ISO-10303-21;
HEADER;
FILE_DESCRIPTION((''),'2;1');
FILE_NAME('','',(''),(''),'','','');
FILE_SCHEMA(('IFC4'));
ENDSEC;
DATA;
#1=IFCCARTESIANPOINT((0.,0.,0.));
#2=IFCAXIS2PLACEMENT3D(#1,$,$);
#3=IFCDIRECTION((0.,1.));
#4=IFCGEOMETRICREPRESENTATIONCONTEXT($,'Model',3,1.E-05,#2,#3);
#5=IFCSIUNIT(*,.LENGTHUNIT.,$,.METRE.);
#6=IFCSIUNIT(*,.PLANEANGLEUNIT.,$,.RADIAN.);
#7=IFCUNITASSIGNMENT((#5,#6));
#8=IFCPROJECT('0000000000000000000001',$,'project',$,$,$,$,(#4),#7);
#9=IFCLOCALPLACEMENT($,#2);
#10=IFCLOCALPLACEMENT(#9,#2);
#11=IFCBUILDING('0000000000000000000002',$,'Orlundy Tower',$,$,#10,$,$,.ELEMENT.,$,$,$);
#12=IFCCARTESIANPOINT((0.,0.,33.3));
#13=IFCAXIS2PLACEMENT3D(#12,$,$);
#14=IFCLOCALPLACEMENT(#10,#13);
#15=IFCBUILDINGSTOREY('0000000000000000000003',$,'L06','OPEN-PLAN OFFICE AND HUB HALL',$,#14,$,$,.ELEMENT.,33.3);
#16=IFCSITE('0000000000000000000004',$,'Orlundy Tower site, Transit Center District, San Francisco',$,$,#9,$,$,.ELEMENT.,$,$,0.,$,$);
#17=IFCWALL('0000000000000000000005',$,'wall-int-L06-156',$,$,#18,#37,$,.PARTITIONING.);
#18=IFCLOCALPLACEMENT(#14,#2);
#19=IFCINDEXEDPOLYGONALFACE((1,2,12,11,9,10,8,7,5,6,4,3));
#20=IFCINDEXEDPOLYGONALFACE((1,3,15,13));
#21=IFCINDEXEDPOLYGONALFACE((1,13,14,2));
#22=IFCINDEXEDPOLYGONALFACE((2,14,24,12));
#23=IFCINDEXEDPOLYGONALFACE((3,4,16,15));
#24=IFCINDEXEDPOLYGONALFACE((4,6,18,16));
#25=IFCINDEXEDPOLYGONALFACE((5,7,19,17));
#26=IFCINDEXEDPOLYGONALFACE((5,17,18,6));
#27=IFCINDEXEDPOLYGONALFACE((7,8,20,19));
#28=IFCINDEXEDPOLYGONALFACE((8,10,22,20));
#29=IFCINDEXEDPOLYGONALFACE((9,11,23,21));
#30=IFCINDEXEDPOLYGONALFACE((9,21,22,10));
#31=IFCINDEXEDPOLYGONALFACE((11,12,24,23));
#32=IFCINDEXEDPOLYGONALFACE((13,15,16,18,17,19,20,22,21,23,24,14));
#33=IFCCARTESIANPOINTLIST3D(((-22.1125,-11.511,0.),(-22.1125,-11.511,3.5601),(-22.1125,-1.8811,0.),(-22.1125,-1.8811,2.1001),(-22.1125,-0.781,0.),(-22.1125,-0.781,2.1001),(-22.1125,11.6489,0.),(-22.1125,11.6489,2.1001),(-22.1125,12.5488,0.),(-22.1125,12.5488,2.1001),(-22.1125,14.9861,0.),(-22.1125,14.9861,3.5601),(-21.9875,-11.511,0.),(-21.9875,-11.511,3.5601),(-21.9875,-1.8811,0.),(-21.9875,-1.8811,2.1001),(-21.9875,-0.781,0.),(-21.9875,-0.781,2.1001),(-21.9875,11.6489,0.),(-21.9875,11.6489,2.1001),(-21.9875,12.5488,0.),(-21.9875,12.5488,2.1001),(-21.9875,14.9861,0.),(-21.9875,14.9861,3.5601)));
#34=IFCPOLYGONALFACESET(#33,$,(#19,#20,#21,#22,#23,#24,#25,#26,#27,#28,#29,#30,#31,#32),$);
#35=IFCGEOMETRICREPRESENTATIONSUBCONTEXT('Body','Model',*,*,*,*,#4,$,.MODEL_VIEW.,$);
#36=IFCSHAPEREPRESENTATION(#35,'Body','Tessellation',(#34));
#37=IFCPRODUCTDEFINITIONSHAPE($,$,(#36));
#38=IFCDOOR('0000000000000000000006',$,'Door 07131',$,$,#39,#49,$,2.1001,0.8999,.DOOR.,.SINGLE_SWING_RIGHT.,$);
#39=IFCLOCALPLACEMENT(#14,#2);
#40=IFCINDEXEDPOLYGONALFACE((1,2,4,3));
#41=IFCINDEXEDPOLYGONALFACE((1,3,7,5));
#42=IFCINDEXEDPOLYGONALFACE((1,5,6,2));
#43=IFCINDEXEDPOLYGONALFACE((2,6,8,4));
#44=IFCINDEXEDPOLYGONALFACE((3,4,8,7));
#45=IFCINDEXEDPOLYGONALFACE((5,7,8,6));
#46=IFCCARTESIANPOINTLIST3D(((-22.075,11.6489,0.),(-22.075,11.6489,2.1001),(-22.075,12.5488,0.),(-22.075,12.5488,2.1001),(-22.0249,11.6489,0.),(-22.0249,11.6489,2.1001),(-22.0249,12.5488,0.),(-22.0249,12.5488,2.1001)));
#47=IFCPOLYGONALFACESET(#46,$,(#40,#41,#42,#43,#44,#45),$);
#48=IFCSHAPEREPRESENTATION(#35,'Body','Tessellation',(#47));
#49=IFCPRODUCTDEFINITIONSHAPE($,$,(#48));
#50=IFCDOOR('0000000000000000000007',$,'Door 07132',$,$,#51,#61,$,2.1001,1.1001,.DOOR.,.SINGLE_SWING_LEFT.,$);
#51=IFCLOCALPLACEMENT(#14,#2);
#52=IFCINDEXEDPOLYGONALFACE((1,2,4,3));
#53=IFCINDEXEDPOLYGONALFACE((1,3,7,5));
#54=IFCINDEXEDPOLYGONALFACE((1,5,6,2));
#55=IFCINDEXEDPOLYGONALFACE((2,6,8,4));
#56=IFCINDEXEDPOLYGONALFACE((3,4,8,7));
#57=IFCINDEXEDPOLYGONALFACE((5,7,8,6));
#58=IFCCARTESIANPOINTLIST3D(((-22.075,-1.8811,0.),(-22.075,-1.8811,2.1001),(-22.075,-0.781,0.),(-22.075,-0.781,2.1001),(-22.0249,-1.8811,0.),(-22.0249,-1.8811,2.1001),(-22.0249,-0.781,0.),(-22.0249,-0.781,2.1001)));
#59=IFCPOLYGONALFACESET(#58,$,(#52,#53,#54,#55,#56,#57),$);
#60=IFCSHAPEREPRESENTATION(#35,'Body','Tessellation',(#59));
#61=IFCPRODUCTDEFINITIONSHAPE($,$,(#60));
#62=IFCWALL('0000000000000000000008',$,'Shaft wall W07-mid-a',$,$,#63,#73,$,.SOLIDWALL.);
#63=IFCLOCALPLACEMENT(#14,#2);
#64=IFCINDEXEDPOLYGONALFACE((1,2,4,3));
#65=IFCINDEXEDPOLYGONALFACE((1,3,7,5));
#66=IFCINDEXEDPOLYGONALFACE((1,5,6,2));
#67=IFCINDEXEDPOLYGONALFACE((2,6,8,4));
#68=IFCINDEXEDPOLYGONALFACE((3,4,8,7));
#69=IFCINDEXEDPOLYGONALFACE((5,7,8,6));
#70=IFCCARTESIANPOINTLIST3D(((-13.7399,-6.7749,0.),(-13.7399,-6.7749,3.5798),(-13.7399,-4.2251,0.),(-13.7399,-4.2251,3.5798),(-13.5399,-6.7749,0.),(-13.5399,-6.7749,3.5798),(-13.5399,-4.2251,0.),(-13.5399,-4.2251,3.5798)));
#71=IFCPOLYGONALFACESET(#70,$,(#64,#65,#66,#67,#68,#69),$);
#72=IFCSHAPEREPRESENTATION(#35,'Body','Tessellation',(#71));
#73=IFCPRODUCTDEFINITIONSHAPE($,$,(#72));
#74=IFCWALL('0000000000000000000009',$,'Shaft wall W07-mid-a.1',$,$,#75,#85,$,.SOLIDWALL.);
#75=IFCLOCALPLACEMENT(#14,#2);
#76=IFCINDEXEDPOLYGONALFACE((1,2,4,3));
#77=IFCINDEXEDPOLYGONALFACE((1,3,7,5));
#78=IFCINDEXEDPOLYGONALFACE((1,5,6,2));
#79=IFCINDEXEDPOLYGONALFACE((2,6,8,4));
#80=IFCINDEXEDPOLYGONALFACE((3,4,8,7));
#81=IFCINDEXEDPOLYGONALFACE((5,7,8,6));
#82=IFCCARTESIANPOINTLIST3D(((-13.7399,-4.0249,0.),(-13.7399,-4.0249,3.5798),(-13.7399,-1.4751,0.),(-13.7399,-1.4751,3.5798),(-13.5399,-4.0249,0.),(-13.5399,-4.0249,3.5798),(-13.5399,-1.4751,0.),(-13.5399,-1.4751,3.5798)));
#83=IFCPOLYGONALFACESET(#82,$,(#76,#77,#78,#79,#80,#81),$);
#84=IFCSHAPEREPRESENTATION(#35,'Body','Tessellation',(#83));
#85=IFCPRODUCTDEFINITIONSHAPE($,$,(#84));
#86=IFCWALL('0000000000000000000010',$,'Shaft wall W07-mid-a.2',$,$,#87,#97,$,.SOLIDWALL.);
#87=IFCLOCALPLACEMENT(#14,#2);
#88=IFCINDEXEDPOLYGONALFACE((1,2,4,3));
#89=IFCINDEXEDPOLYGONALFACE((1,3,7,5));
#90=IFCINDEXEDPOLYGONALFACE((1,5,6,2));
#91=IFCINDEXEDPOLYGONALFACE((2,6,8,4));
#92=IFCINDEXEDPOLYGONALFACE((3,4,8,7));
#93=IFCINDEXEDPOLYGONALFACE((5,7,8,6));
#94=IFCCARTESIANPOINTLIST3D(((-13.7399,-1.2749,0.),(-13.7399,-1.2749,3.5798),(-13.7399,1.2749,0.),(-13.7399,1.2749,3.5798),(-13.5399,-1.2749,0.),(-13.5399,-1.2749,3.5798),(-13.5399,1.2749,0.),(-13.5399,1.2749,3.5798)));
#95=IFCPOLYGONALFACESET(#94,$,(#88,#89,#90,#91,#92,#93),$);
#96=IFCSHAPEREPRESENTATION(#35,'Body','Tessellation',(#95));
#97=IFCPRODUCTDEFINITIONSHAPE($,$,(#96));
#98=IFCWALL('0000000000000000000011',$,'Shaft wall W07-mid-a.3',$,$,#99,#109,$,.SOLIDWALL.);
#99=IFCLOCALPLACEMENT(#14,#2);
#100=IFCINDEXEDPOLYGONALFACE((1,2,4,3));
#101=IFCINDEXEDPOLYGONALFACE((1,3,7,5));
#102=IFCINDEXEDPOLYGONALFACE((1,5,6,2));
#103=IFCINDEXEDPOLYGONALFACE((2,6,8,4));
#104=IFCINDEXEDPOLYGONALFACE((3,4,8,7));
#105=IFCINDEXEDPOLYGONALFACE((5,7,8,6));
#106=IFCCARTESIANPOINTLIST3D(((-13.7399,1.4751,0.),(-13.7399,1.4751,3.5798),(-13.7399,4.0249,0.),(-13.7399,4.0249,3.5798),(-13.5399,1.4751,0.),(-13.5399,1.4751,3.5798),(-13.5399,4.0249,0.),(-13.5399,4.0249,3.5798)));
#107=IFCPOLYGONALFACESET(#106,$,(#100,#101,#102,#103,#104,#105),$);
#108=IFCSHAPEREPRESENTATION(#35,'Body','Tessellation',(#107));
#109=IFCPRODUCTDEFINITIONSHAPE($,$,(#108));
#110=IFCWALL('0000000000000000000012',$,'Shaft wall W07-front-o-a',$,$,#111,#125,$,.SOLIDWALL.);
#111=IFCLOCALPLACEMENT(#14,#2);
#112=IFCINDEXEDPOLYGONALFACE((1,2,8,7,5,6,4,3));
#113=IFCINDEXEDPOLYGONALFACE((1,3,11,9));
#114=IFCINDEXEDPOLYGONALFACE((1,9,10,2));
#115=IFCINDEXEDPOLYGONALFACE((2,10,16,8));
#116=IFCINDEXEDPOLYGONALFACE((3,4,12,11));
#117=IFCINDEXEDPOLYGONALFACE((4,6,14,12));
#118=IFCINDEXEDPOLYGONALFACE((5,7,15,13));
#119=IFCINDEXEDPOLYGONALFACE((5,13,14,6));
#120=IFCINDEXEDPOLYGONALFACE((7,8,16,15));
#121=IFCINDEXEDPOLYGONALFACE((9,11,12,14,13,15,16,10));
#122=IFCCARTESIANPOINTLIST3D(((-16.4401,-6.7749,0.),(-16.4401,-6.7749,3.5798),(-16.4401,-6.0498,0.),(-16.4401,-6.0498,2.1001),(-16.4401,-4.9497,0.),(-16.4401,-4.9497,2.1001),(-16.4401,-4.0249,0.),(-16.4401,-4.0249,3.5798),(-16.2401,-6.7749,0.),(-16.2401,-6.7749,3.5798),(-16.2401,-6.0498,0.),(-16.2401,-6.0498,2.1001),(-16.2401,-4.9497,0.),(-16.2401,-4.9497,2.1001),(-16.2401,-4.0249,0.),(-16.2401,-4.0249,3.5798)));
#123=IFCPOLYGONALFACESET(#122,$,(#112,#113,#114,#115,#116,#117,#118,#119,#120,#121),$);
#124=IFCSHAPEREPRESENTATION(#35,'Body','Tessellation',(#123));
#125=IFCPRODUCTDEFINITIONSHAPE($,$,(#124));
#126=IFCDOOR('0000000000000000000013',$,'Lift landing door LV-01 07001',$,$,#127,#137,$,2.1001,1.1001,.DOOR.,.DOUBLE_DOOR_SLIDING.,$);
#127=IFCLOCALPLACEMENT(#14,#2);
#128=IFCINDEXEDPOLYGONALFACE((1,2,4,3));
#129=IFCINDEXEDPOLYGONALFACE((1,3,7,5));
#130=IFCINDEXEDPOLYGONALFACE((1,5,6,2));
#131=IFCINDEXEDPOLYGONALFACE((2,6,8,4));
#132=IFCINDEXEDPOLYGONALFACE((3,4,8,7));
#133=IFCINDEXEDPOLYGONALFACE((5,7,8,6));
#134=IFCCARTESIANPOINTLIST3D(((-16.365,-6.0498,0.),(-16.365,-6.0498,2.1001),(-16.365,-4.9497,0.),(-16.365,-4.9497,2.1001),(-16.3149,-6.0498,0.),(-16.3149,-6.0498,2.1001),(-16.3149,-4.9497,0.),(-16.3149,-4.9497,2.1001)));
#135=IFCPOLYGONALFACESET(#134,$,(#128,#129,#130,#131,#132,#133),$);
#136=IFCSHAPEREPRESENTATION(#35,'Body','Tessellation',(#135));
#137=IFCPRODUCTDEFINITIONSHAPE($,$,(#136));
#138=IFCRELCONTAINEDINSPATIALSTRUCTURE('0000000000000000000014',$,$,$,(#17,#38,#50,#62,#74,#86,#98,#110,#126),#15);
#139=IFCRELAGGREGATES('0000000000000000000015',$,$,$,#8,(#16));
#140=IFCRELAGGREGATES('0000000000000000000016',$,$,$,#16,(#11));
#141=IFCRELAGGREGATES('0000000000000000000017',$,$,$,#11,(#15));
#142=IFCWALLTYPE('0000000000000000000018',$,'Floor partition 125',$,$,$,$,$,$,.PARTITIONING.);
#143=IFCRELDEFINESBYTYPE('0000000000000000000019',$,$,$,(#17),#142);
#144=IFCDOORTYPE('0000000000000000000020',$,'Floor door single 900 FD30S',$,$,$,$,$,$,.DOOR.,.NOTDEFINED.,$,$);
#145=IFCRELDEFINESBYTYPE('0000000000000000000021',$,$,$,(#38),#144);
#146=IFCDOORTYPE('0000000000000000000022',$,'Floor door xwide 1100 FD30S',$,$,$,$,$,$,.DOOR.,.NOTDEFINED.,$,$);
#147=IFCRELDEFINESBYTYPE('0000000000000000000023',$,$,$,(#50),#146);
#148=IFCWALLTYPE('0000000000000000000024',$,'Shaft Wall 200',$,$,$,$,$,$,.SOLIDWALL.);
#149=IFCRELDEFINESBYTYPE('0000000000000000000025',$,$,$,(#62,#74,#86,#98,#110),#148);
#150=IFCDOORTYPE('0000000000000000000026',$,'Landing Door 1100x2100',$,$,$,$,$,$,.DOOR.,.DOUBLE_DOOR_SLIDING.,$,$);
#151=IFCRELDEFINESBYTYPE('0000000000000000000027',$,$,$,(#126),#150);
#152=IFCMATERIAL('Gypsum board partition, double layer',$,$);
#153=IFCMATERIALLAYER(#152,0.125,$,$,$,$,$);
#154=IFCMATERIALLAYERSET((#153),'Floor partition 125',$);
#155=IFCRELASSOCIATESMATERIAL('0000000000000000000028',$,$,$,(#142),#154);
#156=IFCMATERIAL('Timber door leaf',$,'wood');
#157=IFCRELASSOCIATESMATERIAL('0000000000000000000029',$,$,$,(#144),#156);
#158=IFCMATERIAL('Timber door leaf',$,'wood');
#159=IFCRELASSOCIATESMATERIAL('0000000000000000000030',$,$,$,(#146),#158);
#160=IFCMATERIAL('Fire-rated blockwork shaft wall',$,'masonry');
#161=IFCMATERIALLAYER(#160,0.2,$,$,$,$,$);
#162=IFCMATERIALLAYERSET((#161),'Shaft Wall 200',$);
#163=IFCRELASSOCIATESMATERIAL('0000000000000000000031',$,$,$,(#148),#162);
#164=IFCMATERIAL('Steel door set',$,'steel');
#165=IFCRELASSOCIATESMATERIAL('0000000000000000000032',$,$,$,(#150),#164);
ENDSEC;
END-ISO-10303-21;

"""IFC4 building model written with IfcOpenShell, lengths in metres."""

from ifc_helpers import new_model, si_unit, direction, frame, frame_2d, origin, place, context, subcontext, project, spatial, rectangle, extrude, material, layer, layer_set, type_object, element, fill, save


model = new_model("IFC4")

# Units and contexts
model_context = context("Model", 3, precision=1e-05, world=origin(), true_north=direction((0.0, 1.0)))
body_context = subcontext(model_context, "Body", "Model", "MODEL_VIEW")
ifc_project = project(units=[si_unit("LENGTHUNIT", "METRE"), si_unit("PLANEANGLEUNIT", "RADIAN")], contexts=[model_context])

# Site, building, storey
site_placement = place(None, origin())
site = spatial("IfcSite", under=ifc_project, at=site_placement, Name="Orlundy Tower site, Transit Center District, San Francisco", CompositionType="ELEMENT", RefElevation=0.0)
building_placement = place(site_placement, origin())
building = spatial("IfcBuilding", under=site, at=building_placement, Name="Orlundy Tower", CompositionType="ELEMENT")
storey_placement = place(building_placement, frame((0.0, 0.0, 33.3)))
storey = spatial("IfcBuildingStorey", under=building, at=storey_placement, Name="L06", Description="OPEN-PLAN OFFICE AND HUB HALL", CompositionType="ELEMENT", Elevation=33.3)

# Shared definitions
ifc_material_1 = material(Name="Gypsum board partition, double layer")
ifc_layer_1 = layer(ifc_material_1, 0.125)
ifc_layer_set_1 = layer_set([ifc_layer_1], Name="Floor partition 125")
wall_type_1 = type_object("IfcWallType", Name="Floor partition 125", PredefinedType="PARTITIONING", material=ifc_layer_set_1)

# Wall, openings, doors
wall_1_placement = place(storey_placement, frame((-22.05, -11.511, 0.0), z_axis=(0.0, 0.0, 1.0), x_axis=(0.0, 1.0, 0.0)))
wall_1 = element("IfcWall", 1, at=wall_1_placement, inside=storey, type_object=wall_type_1, Name="wall-int-L06-156", PredefinedType="PARTITIONING", context=body_context, shape_type="SweptSolid", body=[
    extrude(rectangle(XDim=26.4971, YDim=0.125, at=frame_2d((13.2485, 0.0))), origin(), (0.0, 0.0, 1.0), 3.5601),
])
opening_1_placement = place(wall_1_placement, frame((23.1599, 0.0, 0.0)))
opening_1 = element("IfcOpeningElement", 2, at=opening_1_placement, cuts=wall_1, PredefinedType="OPENING", context=body_context, shape_type="SweptSolid", body=[
    extrude(rectangle(XDim=0.8999, YDim=2.1001, at=frame_2d((0.45, 1.05))), frame((0.0, 0.0725, 0.0), z_axis=(0.0, -1.0, 0.0), x_axis=(1.0, 0.0, 0.0)), (0.0, 0.0, 1.0), 0.145),
])
opening_2_placement = place(wall_1_placement, frame((9.6299, 0.0, 0.0)))
opening_2 = element("IfcOpeningElement", 3, at=opening_2_placement, cuts=wall_1, PredefinedType="OPENING", context=body_context, shape_type="SweptSolid", body=[
    extrude(rectangle(XDim=1.1001, YDim=2.1001, at=frame_2d((0.55, 1.05))), frame((0.0, 0.0725, 0.0), z_axis=(0.0, -1.0, 0.0), x_axis=(1.0, 0.0, 0.0)), (0.0, 0.0, 1.0), 0.145),
])
ifc_material_2 = material(Name="Timber door leaf", Category="wood")
door_type_1 = type_object("IfcDoorType", Name="Floor door single 900 FD30S", OperationType="NOTDEFINED", PredefinedType="DOOR", material=ifc_material_2)
door_1_placement = place(opening_1_placement, origin())
door_1 = element("IfcDoor", 4, at=door_1_placement, inside=storey, type_object=door_type_1, Name="Door 07131", OperationType="SINGLE_SWING_RIGHT", OverallHeight=2.1001, OverallWidth=0.8999, PredefinedType="DOOR", context=body_context, shape_type="SweptSolid", body=[
    extrude(rectangle(XDim=0.8999, YDim=2.1001, at=frame_2d((0.45, 1.05))), frame((0.0, 0.0249, 0.0), z_axis=(0.0, -1.0, 0.0), x_axis=(1.0, 0.0, 0.0)), (0.0, 0.0, 1.0), 0.05),
])
fill(opening_1, door_1)
ifc_material_3 = material(Name="Timber door leaf", Category="wood")
door_type_2 = type_object("IfcDoorType", Name="Floor door xwide 1100 FD30S", OperationType="NOTDEFINED", PredefinedType="DOOR", material=ifc_material_3)
door_2_placement = place(opening_2_placement, origin())
door_2 = element("IfcDoor", 5, at=door_2_placement, inside=storey, type_object=door_type_2, Name="Door 07132", OperationType="SINGLE_SWING_LEFT", OverallHeight=2.1001, OverallWidth=1.1001, PredefinedType="DOOR", context=body_context, shape_type="SweptSolid", body=[
    extrude(rectangle(XDim=1.1001, YDim=2.1001, at=frame_2d((0.55, 1.05))), frame((0.0, 0.0249, 0.0), z_axis=(0.0, -1.0, 0.0), x_axis=(1.0, 0.0, 0.0)), (0.0, 0.0, 1.0), 0.05),
])
fill(opening_2, door_2)

# Walls
ifc_material_4 = material(Name="Fire-rated blockwork shaft wall", Category="masonry")
ifc_layer_2 = layer(ifc_material_4, 0.2)
ifc_layer_set_2 = layer_set([ifc_layer_2], Name="Shaft Wall 200")
wall_type_2 = type_object("IfcWallType", Name="Shaft Wall 200", PredefinedType="SOLIDWALL", material=ifc_layer_set_2)
for number, where, z_axis, x_axis, name in (
    (6, (-13.6399, -6.7749, 0.0), (0.0, 0.0, 1.0), (0.0, 1.0, 0.0), "Shaft wall W07-mid-a"),
    (7, (-13.6399, -4.0249, 0.0), (0.0, 0.0, 1.0), (0.0, 1.0, 0.0), "Shaft wall W07-mid-a.1"),
    (8, (-13.6399, -1.2749, 0.0), (0.0, 0.0, 1.0), (0.0, 1.0, 0.0), "Shaft wall W07-mid-a.2"),
    (9, (-13.6399, 1.4751, 0.0), (0.0, 0.0, 1.0), (0.0, 1.0, 0.0), "Shaft wall W07-mid-a.3"),
):
    element("IfcWall", number, at=place(storey_placement, frame(where, z_axis=z_axis, x_axis=x_axis)), inside=storey, type_object=wall_type_2, Name=name, PredefinedType="SOLIDWALL", context=body_context, shape_type="SweptSolid", body=[
        extrude(rectangle(XDim=2.5498, YDim=0.2, at=frame_2d((1.2749, 0.0))), origin(), (0.0, 0.0, 1.0), 3.5798),
    ])

# Wall, opening, door
wall_2_placement = place(storey_placement, frame((-16.3401, -6.7749, 0.0), z_axis=(0.0, 0.0, 1.0), x_axis=(0.0, 1.0, 0.0)))
wall_2 = element("IfcWall", 10, at=wall_2_placement, inside=storey, type_object=wall_type_2, Name="Shaft wall W07-front-o-a", PredefinedType="SOLIDWALL", context=body_context, shape_type="SweptSolid", body=[
    extrude(rectangle(XDim=2.75, YDim=0.2, at=frame_2d((1.375, 0.0))), origin(), (0.0, 0.0, 1.0), 3.5798),
])
opening_3_placement = place(wall_2_placement, frame((0.7251, 0.0, 0.0)))
opening_3 = element("IfcOpeningElement", 11, at=opening_3_placement, cuts=wall_2, PredefinedType="OPENING", context=body_context, shape_type="SweptSolid", body=[
    extrude(rectangle(XDim=1.1001, YDim=2.1001, at=frame_2d((0.55, 1.05))), frame((0.0, 0.1101, 0.0), z_axis=(0.0, -1.0, 0.0), x_axis=(1.0, 0.0, 0.0)), (0.0, 0.0, 1.0), 0.2202),
])
ifc_material_5 = material(Name="Steel door set", Category="steel")
door_type_3 = type_object("IfcDoorType", Name="Landing Door 1100x2100", OperationType="DOUBLE_DOOR_SLIDING", PredefinedType="DOOR", material=ifc_material_5)
door_3_placement = place(opening_3_placement, origin())
door_3 = element("IfcDoor", 12, at=door_3_placement, inside=storey, type_object=door_type_3, Name="Lift landing door LV-01 07001", OperationType="DOUBLE_DOOR_SLIDING", OverallHeight=2.1001, OverallWidth=1.1001, PredefinedType="DOOR", context=body_context, shape_type="SweptSolid", body=[
    extrude(rectangle(XDim=1.1001, YDim=2.1001, at=frame_2d((0.55, 1.05))), frame((0.0, 0.0249, 0.0), z_axis=(0.0, -1.0, 0.0), x_axis=(1.0, 0.0, 0.0)), (0.0, 0.0, 1.0), 0.05),
])
fill(opening_3, door_3)

save(model, "model.ifc")
